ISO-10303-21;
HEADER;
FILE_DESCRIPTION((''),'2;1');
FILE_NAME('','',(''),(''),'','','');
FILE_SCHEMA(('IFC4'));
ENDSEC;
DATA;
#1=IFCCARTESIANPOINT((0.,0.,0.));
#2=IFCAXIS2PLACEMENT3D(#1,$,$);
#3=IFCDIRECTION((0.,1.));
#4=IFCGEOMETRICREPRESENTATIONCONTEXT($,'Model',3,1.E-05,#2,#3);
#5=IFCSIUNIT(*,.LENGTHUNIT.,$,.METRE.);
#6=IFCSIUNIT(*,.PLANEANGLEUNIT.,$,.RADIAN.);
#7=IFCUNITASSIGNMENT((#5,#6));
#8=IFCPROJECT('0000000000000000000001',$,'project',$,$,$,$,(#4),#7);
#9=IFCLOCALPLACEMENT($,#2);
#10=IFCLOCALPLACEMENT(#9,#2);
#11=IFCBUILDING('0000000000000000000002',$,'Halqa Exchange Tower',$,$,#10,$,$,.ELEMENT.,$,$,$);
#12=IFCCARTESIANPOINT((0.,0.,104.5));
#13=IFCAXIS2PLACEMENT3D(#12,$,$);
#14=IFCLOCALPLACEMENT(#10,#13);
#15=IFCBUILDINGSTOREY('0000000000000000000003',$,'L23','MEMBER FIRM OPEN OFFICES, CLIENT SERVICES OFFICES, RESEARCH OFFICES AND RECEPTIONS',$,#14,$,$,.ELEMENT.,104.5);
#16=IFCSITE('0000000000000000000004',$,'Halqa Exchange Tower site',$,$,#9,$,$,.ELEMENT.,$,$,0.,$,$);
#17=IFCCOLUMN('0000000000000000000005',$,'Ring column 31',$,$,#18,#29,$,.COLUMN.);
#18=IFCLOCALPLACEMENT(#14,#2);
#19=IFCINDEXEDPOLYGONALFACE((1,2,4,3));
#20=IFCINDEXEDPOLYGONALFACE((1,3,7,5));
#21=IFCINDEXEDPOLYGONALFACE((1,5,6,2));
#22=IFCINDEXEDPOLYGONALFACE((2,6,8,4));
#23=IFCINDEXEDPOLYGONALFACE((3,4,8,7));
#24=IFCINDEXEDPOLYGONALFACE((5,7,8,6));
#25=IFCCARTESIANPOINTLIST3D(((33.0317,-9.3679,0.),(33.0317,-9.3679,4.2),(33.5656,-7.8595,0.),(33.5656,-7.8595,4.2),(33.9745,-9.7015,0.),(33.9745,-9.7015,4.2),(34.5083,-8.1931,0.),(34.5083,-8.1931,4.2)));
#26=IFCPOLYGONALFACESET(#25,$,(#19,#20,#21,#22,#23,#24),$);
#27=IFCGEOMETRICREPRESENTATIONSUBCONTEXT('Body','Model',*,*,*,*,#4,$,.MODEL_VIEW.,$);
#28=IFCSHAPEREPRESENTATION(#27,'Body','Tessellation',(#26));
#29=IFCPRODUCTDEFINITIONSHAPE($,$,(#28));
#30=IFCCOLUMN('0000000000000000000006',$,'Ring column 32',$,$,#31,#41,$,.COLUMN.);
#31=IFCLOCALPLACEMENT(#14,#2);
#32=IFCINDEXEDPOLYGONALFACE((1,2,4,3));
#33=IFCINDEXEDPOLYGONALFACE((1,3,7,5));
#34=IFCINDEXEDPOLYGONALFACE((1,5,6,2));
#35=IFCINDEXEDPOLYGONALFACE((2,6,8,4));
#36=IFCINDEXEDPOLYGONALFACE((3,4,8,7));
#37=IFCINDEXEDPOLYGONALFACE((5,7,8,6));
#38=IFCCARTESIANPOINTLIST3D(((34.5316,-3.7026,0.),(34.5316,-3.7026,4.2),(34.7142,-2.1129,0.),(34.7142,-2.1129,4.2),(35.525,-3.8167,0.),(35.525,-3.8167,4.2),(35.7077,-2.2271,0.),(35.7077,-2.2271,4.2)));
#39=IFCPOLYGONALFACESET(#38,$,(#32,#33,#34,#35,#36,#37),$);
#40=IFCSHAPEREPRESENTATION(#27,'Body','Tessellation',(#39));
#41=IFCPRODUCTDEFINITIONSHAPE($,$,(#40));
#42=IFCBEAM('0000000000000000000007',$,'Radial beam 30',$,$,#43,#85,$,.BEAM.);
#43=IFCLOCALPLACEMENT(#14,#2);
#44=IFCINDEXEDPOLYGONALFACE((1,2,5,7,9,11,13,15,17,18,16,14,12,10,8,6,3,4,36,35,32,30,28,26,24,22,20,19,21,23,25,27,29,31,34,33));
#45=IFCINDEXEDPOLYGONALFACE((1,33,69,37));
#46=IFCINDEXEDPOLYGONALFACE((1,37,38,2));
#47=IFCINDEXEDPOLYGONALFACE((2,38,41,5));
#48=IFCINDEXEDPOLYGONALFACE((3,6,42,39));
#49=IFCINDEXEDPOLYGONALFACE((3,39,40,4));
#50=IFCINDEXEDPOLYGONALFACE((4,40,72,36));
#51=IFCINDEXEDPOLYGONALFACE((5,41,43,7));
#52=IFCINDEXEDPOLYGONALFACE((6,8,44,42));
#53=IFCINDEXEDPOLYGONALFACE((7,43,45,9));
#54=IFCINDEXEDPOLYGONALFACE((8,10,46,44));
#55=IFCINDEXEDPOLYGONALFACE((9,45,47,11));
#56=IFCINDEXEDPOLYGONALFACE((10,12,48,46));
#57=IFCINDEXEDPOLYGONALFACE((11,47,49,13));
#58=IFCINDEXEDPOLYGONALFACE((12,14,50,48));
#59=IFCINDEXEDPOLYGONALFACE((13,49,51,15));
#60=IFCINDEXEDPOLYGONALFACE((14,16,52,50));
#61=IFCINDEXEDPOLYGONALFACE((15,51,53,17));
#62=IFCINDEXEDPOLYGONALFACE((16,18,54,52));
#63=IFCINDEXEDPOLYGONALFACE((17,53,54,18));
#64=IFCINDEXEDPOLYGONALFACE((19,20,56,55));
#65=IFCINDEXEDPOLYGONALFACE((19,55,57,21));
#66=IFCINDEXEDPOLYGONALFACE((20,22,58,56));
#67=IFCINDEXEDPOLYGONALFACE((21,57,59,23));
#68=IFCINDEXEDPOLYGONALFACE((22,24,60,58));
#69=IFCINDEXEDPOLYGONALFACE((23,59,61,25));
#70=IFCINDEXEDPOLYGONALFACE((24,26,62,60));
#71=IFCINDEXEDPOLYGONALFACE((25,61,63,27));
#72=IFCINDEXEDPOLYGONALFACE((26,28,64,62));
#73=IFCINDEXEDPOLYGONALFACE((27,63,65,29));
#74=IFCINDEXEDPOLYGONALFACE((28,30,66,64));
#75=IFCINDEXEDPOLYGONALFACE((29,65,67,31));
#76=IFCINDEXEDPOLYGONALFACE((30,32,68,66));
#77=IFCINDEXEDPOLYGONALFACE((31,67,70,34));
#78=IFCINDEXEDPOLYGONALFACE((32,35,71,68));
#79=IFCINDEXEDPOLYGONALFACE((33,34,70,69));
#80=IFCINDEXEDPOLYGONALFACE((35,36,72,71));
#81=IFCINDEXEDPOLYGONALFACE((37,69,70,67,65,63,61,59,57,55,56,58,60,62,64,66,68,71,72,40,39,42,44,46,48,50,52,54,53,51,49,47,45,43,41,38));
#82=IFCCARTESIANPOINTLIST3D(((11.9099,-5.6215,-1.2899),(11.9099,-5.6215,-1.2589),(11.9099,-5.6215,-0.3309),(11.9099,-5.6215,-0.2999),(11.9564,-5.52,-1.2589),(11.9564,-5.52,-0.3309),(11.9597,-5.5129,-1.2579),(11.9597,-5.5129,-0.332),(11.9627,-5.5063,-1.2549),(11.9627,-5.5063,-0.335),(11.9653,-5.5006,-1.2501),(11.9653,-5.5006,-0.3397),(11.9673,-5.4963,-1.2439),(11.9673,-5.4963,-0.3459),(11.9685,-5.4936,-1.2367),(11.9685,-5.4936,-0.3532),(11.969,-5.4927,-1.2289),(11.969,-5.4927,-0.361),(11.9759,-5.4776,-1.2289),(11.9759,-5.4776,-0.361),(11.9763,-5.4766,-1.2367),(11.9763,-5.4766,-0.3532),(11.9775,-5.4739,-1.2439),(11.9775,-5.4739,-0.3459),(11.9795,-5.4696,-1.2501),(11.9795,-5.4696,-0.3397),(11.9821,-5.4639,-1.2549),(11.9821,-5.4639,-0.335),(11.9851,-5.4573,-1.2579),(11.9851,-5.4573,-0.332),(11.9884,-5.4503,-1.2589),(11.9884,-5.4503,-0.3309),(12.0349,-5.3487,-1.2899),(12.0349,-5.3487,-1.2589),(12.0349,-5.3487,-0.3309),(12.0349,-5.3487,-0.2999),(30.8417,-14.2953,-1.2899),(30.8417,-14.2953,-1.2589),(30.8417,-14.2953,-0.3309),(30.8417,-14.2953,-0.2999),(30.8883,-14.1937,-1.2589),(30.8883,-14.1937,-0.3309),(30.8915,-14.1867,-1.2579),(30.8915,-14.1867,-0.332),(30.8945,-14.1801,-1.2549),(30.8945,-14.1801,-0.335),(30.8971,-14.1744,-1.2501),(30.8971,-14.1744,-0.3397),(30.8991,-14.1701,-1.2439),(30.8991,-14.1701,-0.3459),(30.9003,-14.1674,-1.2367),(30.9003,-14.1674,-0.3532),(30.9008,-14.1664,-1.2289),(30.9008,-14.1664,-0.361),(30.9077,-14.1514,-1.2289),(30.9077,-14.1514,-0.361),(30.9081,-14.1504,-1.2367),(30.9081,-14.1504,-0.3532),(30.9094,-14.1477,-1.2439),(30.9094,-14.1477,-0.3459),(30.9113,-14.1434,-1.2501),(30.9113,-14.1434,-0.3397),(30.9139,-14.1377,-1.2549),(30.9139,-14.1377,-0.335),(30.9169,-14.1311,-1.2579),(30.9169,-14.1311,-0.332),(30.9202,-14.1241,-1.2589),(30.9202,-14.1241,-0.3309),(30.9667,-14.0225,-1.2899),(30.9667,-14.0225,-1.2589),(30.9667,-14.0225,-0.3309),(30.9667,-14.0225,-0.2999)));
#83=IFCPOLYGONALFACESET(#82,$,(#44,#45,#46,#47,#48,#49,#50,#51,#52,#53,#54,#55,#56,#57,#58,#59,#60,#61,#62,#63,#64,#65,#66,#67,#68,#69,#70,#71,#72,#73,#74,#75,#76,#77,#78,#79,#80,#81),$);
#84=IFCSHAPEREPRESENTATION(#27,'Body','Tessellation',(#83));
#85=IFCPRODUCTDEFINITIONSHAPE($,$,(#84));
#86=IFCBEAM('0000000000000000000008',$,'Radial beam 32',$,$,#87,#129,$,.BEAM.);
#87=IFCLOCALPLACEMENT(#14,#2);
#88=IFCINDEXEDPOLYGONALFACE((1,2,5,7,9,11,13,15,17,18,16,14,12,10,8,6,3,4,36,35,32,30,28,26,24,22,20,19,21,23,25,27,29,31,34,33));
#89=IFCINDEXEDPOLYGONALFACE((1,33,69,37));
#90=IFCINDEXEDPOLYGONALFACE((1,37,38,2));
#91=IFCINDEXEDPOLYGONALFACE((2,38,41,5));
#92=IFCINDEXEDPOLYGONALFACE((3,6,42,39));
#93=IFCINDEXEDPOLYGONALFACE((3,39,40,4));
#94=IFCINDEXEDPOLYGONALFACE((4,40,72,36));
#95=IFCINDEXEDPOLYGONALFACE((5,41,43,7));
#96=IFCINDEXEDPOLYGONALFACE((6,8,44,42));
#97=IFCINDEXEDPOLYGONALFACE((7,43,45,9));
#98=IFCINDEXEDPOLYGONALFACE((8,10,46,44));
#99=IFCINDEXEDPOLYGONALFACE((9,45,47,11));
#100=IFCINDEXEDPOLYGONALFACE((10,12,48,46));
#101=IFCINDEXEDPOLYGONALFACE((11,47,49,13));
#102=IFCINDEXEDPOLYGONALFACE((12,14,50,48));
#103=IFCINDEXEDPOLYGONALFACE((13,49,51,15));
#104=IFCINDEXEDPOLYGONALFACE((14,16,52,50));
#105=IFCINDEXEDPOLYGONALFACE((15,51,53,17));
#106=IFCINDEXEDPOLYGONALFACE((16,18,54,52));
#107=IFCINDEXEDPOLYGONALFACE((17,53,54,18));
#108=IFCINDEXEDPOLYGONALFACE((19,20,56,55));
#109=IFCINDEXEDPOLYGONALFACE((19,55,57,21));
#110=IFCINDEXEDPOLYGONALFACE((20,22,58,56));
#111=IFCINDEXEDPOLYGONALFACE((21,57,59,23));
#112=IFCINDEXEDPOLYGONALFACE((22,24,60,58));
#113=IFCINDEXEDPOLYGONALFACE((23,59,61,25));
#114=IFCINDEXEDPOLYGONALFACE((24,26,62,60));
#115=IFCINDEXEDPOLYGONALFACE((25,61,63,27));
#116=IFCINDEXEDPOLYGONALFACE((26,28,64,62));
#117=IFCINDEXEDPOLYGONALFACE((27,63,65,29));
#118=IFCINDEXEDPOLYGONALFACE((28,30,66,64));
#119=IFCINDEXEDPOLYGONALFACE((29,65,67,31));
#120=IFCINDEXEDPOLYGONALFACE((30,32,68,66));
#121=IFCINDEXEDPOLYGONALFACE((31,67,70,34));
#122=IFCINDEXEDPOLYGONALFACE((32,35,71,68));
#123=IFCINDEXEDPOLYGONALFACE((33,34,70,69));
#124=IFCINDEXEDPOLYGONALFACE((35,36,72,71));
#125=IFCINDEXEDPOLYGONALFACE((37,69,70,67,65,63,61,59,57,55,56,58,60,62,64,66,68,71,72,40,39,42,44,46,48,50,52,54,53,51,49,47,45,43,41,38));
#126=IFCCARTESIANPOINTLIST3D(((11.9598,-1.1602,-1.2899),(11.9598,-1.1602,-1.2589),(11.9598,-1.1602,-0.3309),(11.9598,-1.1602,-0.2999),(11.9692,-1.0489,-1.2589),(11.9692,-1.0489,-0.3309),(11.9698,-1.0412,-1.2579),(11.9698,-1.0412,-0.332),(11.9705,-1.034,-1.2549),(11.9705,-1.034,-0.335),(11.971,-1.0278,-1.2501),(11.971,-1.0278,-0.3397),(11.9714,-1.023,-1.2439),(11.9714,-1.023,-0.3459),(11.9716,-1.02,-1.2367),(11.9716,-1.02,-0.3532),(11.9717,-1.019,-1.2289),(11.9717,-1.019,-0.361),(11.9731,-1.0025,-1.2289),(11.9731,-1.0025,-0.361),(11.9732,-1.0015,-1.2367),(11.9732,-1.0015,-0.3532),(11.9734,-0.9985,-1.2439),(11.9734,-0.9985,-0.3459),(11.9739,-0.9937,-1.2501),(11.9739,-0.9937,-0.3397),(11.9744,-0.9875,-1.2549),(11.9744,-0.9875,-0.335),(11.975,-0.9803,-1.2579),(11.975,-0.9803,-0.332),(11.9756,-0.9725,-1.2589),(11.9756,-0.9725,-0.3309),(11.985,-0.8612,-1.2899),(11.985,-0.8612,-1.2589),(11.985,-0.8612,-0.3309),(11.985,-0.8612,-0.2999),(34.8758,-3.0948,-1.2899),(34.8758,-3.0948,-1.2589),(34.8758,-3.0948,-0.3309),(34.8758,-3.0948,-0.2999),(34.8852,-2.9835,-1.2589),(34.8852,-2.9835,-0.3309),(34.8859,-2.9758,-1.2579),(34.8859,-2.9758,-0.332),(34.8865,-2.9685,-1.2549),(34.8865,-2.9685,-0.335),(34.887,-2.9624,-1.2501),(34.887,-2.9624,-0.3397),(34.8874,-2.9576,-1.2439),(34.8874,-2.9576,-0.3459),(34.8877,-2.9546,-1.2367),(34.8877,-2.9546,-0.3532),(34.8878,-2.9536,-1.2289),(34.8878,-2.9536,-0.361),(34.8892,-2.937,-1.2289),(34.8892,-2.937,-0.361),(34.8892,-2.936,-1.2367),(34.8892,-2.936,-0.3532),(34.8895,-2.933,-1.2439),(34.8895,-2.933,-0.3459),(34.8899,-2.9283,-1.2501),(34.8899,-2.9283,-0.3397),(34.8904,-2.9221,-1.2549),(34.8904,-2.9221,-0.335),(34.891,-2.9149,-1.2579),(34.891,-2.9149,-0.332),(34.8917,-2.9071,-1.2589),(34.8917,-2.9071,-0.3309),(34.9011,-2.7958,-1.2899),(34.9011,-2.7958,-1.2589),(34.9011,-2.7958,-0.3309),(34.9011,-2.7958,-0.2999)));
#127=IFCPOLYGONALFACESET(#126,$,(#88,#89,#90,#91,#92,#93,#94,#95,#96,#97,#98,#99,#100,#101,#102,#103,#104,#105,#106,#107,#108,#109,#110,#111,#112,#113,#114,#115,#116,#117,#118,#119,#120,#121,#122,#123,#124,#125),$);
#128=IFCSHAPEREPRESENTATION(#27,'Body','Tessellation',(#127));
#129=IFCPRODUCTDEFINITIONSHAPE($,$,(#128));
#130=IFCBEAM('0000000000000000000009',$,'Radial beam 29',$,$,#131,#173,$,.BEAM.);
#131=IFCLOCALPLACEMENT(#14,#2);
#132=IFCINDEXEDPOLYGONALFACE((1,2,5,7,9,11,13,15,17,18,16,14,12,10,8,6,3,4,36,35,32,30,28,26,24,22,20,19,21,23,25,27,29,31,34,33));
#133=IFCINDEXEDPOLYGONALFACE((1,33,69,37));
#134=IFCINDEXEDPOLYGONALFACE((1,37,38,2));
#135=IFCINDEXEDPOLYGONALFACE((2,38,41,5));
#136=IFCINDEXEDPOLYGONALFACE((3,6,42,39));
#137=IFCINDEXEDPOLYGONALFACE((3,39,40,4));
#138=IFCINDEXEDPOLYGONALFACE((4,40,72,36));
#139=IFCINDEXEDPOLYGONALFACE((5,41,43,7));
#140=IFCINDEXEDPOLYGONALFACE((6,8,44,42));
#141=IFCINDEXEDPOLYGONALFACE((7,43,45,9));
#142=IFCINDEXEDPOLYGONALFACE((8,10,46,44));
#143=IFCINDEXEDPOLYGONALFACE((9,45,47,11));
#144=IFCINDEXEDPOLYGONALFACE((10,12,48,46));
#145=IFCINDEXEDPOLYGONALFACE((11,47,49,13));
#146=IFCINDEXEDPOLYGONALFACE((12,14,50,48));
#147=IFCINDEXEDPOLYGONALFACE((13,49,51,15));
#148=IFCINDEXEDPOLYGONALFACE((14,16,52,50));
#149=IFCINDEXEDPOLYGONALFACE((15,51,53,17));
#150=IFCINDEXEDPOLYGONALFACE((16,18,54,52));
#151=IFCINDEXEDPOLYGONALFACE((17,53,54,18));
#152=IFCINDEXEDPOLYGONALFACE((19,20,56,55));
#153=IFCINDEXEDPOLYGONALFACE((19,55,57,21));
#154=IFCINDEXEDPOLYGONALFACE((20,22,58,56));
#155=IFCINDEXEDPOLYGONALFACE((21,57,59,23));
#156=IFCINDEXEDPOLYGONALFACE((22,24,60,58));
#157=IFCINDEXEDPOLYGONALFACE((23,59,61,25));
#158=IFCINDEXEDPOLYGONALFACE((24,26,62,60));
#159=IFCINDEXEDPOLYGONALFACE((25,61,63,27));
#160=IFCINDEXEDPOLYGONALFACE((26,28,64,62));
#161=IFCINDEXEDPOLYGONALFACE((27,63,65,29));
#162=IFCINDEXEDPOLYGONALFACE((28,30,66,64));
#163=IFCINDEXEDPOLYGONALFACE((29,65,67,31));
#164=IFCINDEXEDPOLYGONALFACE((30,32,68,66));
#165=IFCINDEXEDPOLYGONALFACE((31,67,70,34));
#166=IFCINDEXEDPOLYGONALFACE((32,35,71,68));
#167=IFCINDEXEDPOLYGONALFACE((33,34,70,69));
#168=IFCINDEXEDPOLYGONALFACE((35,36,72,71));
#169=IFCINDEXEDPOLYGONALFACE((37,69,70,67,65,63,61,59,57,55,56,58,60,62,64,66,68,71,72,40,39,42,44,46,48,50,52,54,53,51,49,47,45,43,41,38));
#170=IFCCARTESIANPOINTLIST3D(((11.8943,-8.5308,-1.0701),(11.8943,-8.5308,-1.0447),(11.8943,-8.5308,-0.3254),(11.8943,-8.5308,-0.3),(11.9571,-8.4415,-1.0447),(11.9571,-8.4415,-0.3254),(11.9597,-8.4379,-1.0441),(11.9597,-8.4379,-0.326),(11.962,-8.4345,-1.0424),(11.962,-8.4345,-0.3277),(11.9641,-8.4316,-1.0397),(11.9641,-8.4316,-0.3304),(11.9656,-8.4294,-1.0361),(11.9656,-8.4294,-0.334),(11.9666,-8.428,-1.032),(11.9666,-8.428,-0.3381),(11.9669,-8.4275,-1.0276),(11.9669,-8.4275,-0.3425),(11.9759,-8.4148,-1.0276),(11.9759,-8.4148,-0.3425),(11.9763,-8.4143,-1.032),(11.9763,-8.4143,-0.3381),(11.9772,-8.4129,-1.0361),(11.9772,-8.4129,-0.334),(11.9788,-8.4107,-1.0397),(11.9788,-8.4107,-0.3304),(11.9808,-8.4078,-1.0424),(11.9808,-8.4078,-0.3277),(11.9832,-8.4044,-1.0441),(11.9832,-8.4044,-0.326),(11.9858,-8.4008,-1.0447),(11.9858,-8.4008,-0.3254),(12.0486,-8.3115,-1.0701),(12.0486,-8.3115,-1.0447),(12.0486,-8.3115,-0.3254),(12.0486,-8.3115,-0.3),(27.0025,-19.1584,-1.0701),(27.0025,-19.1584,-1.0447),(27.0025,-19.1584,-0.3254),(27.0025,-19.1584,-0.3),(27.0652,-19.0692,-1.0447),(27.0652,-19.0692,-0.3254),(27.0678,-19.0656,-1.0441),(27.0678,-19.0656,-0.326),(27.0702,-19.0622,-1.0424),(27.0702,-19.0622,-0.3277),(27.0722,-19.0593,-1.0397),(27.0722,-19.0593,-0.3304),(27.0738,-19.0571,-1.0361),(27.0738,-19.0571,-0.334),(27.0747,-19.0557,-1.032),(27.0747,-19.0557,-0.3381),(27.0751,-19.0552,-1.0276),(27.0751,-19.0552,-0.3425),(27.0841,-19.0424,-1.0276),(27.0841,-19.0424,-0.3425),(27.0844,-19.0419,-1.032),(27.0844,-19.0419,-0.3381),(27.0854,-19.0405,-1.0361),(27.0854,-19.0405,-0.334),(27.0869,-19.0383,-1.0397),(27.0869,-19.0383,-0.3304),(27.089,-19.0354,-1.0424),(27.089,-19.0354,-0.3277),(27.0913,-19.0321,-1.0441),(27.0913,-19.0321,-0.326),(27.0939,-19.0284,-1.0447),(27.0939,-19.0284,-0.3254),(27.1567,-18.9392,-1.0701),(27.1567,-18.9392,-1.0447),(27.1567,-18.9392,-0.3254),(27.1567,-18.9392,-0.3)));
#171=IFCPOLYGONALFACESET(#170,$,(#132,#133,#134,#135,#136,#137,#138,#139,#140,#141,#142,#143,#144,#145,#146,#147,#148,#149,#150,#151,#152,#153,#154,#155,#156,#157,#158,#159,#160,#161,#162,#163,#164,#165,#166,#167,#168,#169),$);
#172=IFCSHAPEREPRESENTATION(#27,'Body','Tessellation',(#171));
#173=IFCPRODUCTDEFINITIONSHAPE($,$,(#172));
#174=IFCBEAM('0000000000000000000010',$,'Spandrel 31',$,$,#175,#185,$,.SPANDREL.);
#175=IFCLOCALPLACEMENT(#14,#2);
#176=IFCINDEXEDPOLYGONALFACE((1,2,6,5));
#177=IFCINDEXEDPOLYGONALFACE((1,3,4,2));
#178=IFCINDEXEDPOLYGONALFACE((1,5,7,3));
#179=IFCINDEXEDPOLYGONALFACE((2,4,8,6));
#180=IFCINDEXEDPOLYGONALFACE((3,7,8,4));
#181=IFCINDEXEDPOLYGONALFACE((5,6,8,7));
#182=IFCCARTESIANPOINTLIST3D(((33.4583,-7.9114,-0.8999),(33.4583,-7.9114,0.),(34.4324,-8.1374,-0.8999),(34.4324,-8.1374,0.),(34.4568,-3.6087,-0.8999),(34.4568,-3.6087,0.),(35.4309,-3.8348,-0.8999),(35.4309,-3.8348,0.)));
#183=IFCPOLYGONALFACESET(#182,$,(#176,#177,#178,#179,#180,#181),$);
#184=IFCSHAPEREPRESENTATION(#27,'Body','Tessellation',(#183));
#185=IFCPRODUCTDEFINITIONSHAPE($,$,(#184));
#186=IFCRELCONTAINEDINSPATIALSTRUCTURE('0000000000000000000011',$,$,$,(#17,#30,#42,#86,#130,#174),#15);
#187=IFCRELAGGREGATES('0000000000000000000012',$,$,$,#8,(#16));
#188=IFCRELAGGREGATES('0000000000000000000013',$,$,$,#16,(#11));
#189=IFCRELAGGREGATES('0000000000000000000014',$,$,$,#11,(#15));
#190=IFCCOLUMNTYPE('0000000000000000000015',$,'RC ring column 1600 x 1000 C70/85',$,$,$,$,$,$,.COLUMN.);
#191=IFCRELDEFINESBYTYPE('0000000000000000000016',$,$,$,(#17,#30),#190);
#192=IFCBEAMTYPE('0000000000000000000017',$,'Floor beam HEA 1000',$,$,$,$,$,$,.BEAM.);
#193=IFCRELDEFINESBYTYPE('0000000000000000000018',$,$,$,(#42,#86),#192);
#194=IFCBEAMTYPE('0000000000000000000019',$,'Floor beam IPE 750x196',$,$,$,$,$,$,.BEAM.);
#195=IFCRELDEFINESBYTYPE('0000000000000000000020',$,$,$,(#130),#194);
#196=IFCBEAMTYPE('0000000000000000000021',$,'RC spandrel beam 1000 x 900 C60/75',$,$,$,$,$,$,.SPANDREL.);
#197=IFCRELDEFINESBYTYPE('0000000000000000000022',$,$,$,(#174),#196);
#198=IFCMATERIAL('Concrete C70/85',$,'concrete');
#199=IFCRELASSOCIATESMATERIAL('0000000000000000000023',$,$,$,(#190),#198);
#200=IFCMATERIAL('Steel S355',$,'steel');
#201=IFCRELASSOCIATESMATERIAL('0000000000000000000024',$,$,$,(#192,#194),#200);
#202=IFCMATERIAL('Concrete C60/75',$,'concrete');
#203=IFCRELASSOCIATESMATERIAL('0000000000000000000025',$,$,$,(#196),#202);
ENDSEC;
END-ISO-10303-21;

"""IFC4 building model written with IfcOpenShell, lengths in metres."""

from ifc_helpers import new_model, si_unit, direction, frame, origin, origin_2d, place, context, subcontext, project, spatial, rectangle, i_section, extrude, material, material_profile, profile_set, type_object, element, save


model = new_model("IFC4")

# Units and contexts
model_context = context("Model", 3, precision=1e-05, world=origin(), true_north=direction((0.0, 1.0)))
body_context = subcontext(model_context, "Body", "Model", "MODEL_VIEW")
ifc_project = project(units=[si_unit("LENGTHUNIT", "METRE"), si_unit("PLANEANGLEUNIT", "RADIAN")], contexts=[model_context])

# Site, building, storey
site_placement = place(None, origin())
site = spatial("IfcSite", under=ifc_project, at=site_placement, Name="Halqa Exchange Tower site", CompositionType="ELEMENT", RefElevation=0.0)
building_placement = place(site_placement, origin())
building = spatial("IfcBuilding", under=site, at=building_placement, Name="Halqa Exchange Tower", CompositionType="ELEMENT")
storey_placement = place(building_placement, frame((0.0, 0.0, 104.5)))
storey = spatial("IfcBuildingStorey", under=building, at=storey_placement, Name="L23", Description="MEMBER FIRM OPEN OFFICES, CLIENT SERVICES OFFICES, RESEARCH OFFICES AND RECEPTIONS", CompositionType="ELEMENT", Elevation=104.5)

# Columns
ifc_material_1 = material(Name="Concrete C70/85", Category="concrete")
ifc_material_profile_1 = material_profile(ifc_material_1, rectangle(XDim=1.6001, YDim=1.0, at=origin_2d()), Name="1600 x 1000")
ifc_profile_set_1 = profile_set([ifc_material_profile_1], Name="Concrete C70/85")
column_type = type_object("IfcColumnType", Name="RC ring column 1600 x 1000 C70/85", PredefinedType="COLUMN", material=ifc_profile_set_1)
for number, where, z_axis, x_axis, name in (
    (1, (33.77, -8.7805, 0.0), (0.0, 0.0, 1.0), (0.333626, 0.942706, 0.0), "Ring column 31"),
    (2, (35.1196, -2.9648, 0.0), (0.0, 0.0, 1.0), (0.114162, 0.993462, 0.0), "Ring column 32"),
):
    element("IfcColumn", number, at=place(storey_placement, frame(where, z_axis=z_axis, x_axis=x_axis)), inside=storey, type_object=column_type, Name=name, PredefinedType="COLUMN", context=body_context, shape_type="SweptSolid", body=[
        extrude(rectangle(XDim=1.6001, YDim=1.0, at=origin_2d()), origin(), (0.0, 0.0, 1.0), 4.2),
    ])

# Beams
ifc_material_2 = material(Name="Steel S355", Category="steel")
ifc_material_profile_2 = material_profile(ifc_material_2, i_section(OverallWidth=0.3, OverallDepth=0.99, WebThickness=0.0166, FlangeThickness=0.031, FilletRadius=0.03, at=origin_2d()), Name="HEA 1000")
ifc_profile_set_2 = profile_set([ifc_material_profile_2], Name="Steel S355")
beam_type_1 = type_object("IfcBeamType", Name="Floor beam HEA 1000", PredefinedType="BEAM", material=ifc_profile_set_2)
beam_1_placement = place(storey_placement, frame((11.9724, -5.4851, -0.7949), z_axis=(0.909125, -0.416524, 0.0), x_axis=(0.416524, 0.909125, 0.0)))
element("IfcBeam", 3, at=beam_1_placement, inside=storey, type_object=beam_type_1, Name="Radial beam 30", PredefinedType="BEAM", context=body_context, shape_type="SweptSolid", body=[
    extrude(i_section(OverallWidth=0.3, OverallDepth=0.99, WebThickness=0.0166, FlangeThickness=0.031, FilletRadius=0.03, at=origin_2d()), origin(), (0.0, 0.0, 1.0), 20.8242),
])
beam_2_placement = place(storey_placement, frame((11.9724, -1.0107, -0.7949), z_axis=(0.996456, -0.084121, 0.0), x_axis=(0.084121, 0.996456, 0.0)))
element("IfcBeam", 4, at=beam_2_placement, inside=storey, type_object=beam_type_1, Name="Radial beam 32", PredefinedType="BEAM", context=body_context, shape_type="SweptSolid", body=[
    extrude(i_section(OverallWidth=0.3, OverallDepth=0.99, WebThickness=0.0166, FlangeThickness=0.031, FilletRadius=0.03, at=origin_2d()), origin(), (0.0, 0.0, 1.0), 22.9976),
])
ifc_material_profile_3 = material_profile(ifc_material_2, i_section(OverallWidth=0.2681, OverallDepth=0.77, WebThickness=0.0156, FlangeThickness=0.0254, FilletRadius=0.0171, at=origin_2d()), Name="IPE 750x196")
ifc_profile_set_3 = profile_set([ifc_material_profile_3], Name="Steel S355")
beam_type_2 = type_object("IfcBeamType", Name="Floor beam IPE 750x196", PredefinedType="BEAM", material=ifc_profile_set_3)
beam_3_placement = place(storey_placement, frame((11.9714, -8.4211, -0.6851), z_axis=(0.817908, -0.575349, 0.0), x_axis=(0.575349, 0.817908, 0.0)))
element("IfcBeam", 5, at=beam_3_placement, inside=storey, type_object=beam_type_2, Name="Radial beam 29", PredefinedType="BEAM", context=body_context, shape_type="SweptSolid", body=[
    extrude(i_section(OverallWidth=0.2681, OverallDepth=0.77, WebThickness=0.0156, FlangeThickness=0.0254, FilletRadius=0.0171, at=origin_2d()), origin(), (0.0, 0.0, 1.0), 18.4717),
])
ifc_material_3 = material(Name="Concrete C60/75", Category="concrete")
ifc_material_profile_4 = material_profile(ifc_material_3, rectangle(XDim=1.0, YDim=0.8999, at=origin_2d()), Name="1000 x 900")
ifc_profile_set_4 = profile_set([ifc_material_profile_4], Name="Concrete C60/75")
beam_type_3 = type_object("IfcBeamType", Name="RC spandrel beam 1000 x 900 C60/75", PredefinedType="SPANDREL", material=ifc_profile_set_4)
beam_4_placement = place(storey_placement, frame((33.9453, -8.0244, -0.45), z_axis=(0.226062, 0.974113, 0.0), x_axis=(-0.974113, 0.226062, 0.0)))
element("IfcBeam", 6, at=beam_4_placement, inside=storey, type_object=beam_type_3, Name="Spandrel 31", PredefinedType="SPANDREL", context=body_context, shape_type="SweptSolid", body=[
    extrude(rectangle(XDim=1.0, YDim=0.8999, at=origin_2d()), origin(), (0.0, 0.0, 1.0), 4.417),
])

save(model, "model.ifc")
